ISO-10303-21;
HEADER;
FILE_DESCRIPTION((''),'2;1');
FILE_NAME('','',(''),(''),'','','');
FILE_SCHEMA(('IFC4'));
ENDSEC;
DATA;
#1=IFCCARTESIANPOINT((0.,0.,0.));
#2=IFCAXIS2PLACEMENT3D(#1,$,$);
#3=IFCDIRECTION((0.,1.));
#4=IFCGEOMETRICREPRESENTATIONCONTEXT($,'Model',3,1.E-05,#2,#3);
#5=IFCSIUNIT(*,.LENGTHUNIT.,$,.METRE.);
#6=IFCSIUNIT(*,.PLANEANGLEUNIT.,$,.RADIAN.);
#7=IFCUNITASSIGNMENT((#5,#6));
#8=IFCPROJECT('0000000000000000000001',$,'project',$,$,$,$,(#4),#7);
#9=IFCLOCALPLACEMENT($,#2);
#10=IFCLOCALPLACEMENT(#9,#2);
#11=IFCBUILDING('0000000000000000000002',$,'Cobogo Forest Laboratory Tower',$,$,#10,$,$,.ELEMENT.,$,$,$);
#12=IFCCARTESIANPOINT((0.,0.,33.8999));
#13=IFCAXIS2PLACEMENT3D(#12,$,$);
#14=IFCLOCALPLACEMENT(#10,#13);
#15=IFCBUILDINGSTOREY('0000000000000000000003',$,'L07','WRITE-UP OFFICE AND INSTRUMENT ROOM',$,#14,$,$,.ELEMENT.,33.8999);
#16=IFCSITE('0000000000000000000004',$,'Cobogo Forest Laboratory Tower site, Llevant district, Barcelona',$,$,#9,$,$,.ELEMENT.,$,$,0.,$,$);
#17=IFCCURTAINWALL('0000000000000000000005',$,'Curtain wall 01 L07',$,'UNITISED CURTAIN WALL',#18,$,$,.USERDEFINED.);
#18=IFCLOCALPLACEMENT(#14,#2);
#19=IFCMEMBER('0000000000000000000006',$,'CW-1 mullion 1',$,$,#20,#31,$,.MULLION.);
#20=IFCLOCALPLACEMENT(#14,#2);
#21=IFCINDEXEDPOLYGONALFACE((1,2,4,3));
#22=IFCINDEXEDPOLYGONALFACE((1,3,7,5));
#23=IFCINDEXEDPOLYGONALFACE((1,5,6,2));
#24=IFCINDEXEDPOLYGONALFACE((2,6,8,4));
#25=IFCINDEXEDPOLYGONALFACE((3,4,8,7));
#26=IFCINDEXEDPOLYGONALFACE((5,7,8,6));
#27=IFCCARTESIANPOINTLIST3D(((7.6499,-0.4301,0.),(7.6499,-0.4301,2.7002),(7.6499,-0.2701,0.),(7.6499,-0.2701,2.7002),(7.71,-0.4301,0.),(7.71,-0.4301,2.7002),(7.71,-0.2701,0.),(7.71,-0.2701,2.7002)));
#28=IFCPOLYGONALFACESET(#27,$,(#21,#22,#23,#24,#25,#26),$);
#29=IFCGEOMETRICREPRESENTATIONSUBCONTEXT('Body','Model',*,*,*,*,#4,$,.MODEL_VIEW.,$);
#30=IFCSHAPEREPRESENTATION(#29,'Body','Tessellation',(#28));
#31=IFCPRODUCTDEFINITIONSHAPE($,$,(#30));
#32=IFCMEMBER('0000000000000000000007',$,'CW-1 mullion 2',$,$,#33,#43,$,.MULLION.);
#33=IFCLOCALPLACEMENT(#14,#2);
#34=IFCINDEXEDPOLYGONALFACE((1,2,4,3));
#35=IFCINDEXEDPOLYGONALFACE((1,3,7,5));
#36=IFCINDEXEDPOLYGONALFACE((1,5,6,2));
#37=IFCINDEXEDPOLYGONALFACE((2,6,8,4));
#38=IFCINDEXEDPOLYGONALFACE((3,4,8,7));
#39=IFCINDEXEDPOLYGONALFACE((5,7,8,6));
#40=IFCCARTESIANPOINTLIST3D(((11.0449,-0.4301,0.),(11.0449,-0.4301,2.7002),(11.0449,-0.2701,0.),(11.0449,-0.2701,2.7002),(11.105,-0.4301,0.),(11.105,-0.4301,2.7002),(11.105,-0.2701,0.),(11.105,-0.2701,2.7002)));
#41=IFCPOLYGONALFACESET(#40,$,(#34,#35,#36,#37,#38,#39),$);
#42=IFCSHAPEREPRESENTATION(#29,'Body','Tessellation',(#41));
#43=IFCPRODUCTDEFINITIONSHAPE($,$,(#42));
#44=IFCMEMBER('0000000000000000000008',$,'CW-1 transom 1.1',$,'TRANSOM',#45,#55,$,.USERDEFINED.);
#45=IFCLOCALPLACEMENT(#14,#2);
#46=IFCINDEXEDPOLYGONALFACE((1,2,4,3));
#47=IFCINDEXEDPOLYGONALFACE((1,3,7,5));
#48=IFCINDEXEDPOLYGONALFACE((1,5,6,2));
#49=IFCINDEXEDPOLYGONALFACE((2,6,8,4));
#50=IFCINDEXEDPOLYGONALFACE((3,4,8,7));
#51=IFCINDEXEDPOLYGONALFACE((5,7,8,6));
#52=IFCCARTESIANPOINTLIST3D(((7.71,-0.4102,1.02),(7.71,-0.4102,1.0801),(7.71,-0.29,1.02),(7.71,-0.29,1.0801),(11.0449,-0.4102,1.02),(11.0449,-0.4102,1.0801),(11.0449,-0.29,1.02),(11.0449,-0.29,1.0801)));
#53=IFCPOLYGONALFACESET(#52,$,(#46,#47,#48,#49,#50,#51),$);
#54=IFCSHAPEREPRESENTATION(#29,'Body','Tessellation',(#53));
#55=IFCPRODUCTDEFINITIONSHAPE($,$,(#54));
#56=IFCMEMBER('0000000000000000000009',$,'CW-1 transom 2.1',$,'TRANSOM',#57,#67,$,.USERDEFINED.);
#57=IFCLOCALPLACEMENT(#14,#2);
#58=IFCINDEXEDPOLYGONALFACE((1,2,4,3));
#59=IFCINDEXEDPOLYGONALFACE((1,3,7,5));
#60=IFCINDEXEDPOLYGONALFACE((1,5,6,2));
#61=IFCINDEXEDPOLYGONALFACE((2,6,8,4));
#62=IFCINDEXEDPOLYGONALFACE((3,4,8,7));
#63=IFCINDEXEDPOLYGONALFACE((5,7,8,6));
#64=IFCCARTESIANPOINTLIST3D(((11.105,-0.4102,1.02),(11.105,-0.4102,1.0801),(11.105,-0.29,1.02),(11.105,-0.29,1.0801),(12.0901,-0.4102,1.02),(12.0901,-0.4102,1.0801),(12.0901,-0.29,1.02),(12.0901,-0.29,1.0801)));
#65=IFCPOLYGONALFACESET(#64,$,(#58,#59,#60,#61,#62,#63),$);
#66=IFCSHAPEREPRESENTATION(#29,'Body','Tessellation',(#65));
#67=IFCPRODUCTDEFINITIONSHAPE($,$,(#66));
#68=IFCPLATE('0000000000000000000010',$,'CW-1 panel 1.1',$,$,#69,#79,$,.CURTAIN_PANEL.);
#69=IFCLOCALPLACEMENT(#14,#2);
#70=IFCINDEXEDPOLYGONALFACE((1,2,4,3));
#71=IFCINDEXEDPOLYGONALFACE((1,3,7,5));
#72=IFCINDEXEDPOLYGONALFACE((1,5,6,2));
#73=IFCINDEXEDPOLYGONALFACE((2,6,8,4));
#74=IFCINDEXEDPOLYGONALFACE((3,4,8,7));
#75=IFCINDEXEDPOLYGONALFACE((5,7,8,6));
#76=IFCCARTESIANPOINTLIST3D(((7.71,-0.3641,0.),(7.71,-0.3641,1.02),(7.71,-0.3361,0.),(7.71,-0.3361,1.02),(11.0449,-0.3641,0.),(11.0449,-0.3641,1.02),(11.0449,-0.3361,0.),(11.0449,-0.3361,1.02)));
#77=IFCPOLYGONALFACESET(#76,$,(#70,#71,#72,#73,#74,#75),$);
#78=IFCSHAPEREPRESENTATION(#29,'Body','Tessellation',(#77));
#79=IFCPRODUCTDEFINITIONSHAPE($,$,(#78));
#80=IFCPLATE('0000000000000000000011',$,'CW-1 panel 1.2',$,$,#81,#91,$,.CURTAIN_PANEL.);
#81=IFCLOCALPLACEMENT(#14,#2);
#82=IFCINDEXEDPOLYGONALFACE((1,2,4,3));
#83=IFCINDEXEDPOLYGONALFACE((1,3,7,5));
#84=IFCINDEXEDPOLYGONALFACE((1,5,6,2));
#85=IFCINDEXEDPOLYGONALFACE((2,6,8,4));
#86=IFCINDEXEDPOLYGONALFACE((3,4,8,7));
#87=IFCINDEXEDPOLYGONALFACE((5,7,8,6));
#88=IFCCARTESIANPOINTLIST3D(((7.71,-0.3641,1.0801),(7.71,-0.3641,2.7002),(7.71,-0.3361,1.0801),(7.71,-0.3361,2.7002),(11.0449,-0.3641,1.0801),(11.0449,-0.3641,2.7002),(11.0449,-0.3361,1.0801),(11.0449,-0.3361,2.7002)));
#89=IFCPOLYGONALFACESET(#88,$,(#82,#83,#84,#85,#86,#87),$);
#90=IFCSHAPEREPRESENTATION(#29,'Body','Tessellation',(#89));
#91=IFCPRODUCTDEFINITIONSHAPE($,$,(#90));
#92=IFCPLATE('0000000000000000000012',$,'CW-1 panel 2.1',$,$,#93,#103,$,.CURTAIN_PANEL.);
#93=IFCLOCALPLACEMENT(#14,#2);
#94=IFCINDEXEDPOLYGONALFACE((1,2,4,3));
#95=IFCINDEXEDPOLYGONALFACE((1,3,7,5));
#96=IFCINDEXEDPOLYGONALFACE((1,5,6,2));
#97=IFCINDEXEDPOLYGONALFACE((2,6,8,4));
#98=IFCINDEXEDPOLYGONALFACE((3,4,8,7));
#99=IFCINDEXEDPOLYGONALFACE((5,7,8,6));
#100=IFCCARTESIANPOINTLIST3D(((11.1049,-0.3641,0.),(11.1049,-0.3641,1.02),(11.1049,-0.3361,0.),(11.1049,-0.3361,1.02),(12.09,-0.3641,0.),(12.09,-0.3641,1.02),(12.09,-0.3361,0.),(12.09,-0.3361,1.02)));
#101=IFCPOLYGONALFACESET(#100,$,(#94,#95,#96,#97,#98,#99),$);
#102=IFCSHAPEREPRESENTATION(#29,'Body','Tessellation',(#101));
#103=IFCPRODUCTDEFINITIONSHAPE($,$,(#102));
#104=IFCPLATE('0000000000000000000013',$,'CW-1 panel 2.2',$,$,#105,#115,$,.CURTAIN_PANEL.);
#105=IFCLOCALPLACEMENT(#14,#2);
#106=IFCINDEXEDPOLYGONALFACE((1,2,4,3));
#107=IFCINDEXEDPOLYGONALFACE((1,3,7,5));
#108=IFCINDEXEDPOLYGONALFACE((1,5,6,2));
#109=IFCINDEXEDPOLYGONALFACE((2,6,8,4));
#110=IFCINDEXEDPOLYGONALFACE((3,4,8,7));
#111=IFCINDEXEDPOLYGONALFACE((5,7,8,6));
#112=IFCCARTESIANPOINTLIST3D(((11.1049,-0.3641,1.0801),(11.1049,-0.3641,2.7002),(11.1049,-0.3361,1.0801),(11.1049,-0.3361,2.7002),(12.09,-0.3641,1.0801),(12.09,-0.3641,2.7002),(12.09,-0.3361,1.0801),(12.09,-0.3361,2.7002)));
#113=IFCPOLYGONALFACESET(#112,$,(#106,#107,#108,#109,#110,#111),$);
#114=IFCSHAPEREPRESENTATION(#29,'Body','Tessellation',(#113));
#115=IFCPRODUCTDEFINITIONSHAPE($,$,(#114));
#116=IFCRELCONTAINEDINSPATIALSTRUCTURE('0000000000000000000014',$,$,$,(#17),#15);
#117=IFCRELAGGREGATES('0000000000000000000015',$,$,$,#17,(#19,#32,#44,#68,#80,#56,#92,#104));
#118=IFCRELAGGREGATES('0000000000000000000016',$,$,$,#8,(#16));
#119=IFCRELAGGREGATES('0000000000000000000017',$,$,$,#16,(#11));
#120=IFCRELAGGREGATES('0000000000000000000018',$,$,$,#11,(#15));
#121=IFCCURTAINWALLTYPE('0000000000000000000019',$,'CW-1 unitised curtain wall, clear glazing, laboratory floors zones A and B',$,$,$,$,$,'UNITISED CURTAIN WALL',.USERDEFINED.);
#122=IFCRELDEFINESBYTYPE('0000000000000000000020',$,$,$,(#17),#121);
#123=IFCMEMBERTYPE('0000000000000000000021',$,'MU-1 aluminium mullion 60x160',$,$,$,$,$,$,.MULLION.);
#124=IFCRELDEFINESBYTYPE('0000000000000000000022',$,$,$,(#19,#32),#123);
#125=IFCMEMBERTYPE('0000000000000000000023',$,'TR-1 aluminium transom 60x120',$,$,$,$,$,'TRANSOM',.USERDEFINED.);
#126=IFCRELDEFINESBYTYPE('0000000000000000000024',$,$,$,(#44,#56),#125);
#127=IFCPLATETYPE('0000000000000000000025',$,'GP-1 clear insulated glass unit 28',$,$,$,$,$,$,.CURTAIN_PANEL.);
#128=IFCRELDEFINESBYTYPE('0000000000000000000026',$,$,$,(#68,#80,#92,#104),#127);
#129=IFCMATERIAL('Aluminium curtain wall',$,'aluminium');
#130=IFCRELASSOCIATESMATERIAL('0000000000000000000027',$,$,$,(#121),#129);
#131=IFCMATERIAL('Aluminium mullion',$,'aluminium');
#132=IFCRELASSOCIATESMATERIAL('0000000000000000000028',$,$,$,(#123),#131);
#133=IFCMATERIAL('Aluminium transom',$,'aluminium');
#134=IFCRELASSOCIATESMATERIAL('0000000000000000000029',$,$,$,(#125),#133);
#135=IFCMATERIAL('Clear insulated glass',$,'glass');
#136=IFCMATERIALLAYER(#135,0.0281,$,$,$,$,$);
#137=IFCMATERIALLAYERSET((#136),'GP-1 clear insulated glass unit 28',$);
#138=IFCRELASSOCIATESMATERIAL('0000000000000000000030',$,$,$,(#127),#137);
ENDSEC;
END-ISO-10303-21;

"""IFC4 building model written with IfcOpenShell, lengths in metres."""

from ifc_helpers import new_model, si_unit, direction, frame, origin, origin_2d, place, context, subcontext, project, spatial, rectangle, extrude, material, layer, layer_set, material_profile, profile_set, type_object, element, aggregate, save


model = new_model("IFC4")

# Units and contexts
model_context = context("Model", 3, precision=1e-05, world=origin(), true_north=direction((0.0, 1.0)))
body_context = subcontext(model_context, "Body", "Model", "MODEL_VIEW")
ifc_project = project(units=[si_unit("LENGTHUNIT", "METRE"), si_unit("PLANEANGLEUNIT", "RADIAN")], contexts=[model_context])

# Site, building, storey
site_placement = place(None, origin())
site = spatial("IfcSite", under=ifc_project, at=site_placement, Name="Cobogo Forest Laboratory Tower site, Llevant district, Barcelona", CompositionType="ELEMENT", RefElevation=0.0)
building_placement = place(site_placement, origin())
building = spatial("IfcBuilding", under=site, at=building_placement, Name="Cobogo Forest Laboratory Tower", CompositionType="ELEMENT")
storey_placement = place(building_placement, frame((0.0, 0.0, 33.8999)))
storey = spatial("IfcBuildingStorey", under=building, at=storey_placement, Name="L07", Description="WRITE-UP OFFICE AND INSTRUMENT ROOM", CompositionType="ELEMENT", Elevation=33.8999)

# Curtain wall, members, plates
ifc_material_1 = material(Name="Aluminium curtain wall", Category="aluminium")
curtain_wall_type = type_object("IfcCurtainWallType", Name="CW-1 unitised curtain wall, clear glazing, laboratory floors zones A and B", ElementType="UNITISED CURTAIN WALL", PredefinedType="USERDEFINED", material=ifc_material_1)
curtain_wall_placement = place(storey_placement, origin())
curtain_wall = element("IfcCurtainWall", 1, at=curtain_wall_placement, inside=storey, type_object=curtain_wall_type, Name="Curtain wall 01 L07", ObjectType="UNITISED CURTAIN WALL", PredefinedType="USERDEFINED")
ifc_material_2 = material(Name="Aluminium mullion", Category="aluminium")
ifc_material_profile_1 = material_profile(ifc_material_2, rectangle(XDim=0.0601, YDim=0.1599, at=origin_2d()), Name="AL 60x160")
ifc_profile_set_1 = profile_set([ifc_material_profile_1], Name="Aluminium mullion")
member_type_1 = type_object("IfcMemberType", Name="MU-1 aluminium mullion 60x160", PredefinedType="MULLION", material=ifc_profile_set_1)
member_1_placement = place(storey_placement, frame((7.6799, -0.3501, 0.0), z_axis=(0.0, 0.0, 1.0), x_axis=(1.0, 0.0, 0.0)))
member_1 = element("IfcMember", 2, at=member_1_placement, type_object=member_type_1, Name="CW-1 mullion 1", PredefinedType="MULLION", context=body_context, shape_type="SweptSolid", body=[
    extrude(rectangle(XDim=0.0601, YDim=0.1599, at=origin_2d()), origin(), (0.0, 0.0, 1.0), 2.7002),
])
member_2_placement = place(storey_placement, frame((11.075, -0.3501, 0.0), z_axis=(0.0, 0.0, 1.0), x_axis=(1.0, 0.0, 0.0)))
member_2 = element("IfcMember", 3, at=member_2_placement, type_object=member_type_1, Name="CW-1 mullion 2", PredefinedType="MULLION", context=body_context, shape_type="SweptSolid", body=[
    extrude(rectangle(XDim=0.0601, YDim=0.1599, at=origin_2d()), origin(), (0.0, 0.0, 1.0), 2.7002),
])
ifc_material_3 = material(Name="Aluminium transom", Category="aluminium")
ifc_material_profile_2 = material_profile(ifc_material_3, rectangle(XDim=0.1201, YDim=0.0601, at=origin_2d()), Name="AL 60x120")
ifc_profile_set_2 = profile_set([ifc_material_profile_2], Name="Aluminium transom")
member_type_2 = type_object("IfcMemberType", Name="TR-1 aluminium transom 60x120", ElementType="TRANSOM", PredefinedType="USERDEFINED", material=ifc_profile_set_2)
member_3_placement = place(storey_placement, frame((7.71, -0.3501, 1.05), z_axis=(1.0, 0.0, 0.0), x_axis=(0.0, 1.0, 0.0)))
member_3 = element("IfcMember", 4, at=member_3_placement, type_object=member_type_2, Name="CW-1 transom 1.1", ObjectType="TRANSOM", PredefinedType="USERDEFINED", context=body_context, shape_type="SweptSolid", body=[
    extrude(rectangle(XDim=0.1201, YDim=0.0601, at=origin_2d()), origin(), (0.0, 0.0, 1.0), 3.335),
])
member_4_placement = place(storey_placement, frame((11.105, -0.3501, 1.05), z_axis=(1.0, 0.0, 0.0), x_axis=(0.0, 1.0, 0.0)))
member_4 = element("IfcMember", 5, at=member_4_placement, type_object=member_type_2, Name="CW-1 transom 2.1", ObjectType="TRANSOM", PredefinedType="USERDEFINED", context=body_context, shape_type="SweptSolid", body=[
    extrude(rectangle(XDim=0.1201, YDim=0.0601, at=origin_2d()), origin(), (0.0, 0.0, 1.0), 0.9851),
])
ifc_material_4 = material(Name="Clear insulated glass", Category="glass")
ifc_layer = layer(ifc_material_4, 0.0281)
ifc_layer_set = layer_set([ifc_layer], Name="GP-1 clear insulated glass unit 28")
plate_type_1 = type_object("IfcPlateType", Name="GP-1 clear insulated glass unit 28", PredefinedType="CURTAIN_PANEL", material=ifc_layer_set)
plate_1_placement = place(storey_placement, frame((9.3774, -0.3501, 0.0), z_axis=(0.0, 0.0, 1.0), x_axis=(1.0, 0.0, 0.0)))
plate_1 = element("IfcPlate", 6, at=plate_1_placement, type_object=plate_type_1, Name="CW-1 panel 1.1", PredefinedType="CURTAIN_PANEL", context=body_context, shape_type="SweptSolid", body=[
    extrude(rectangle(XDim=3.335, YDim=0.0281, at=origin_2d()), origin(), (0.0, 0.0, 1.0), 1.02),
])
plate_2_placement = place(storey_placement, frame((9.3774, -0.3501, 1.0801), z_axis=(0.0, 0.0, 1.0), x_axis=(1.0, 0.0, 0.0)))
plate_2 = element("IfcPlate", 7, at=plate_2_placement, type_object=plate_type_1, Name="CW-1 panel 1.2", PredefinedType="CURTAIN_PANEL", context=body_context, shape_type="SweptSolid", body=[
    extrude(rectangle(XDim=3.335, YDim=0.0281, at=origin_2d()), origin(), (0.0, 0.0, 1.0), 1.6201),
])
plate_3_placement = place(storey_placement, frame((11.5974, -0.3501, 0.0), z_axis=(0.0, 0.0, 1.0), x_axis=(1.0, 0.0, 0.0)))
plate_3 = element("IfcPlate", 8, at=plate_3_placement, type_object=plate_type_1, Name="CW-1 panel 2.1", PredefinedType="CURTAIN_PANEL", context=body_context, shape_type="SweptSolid", body=[
    extrude(rectangle(XDim=0.9851, YDim=0.0281, at=origin_2d()), origin(), (0.0, 0.0, 1.0), 1.02),
])
plate_4_placement = place(storey_placement, frame((11.5974, -0.3501, 1.0801), z_axis=(0.0, 0.0, 1.0), x_axis=(1.0, 0.0, 0.0)))
plate_4 = element("IfcPlate", 9, at=plate_4_placement, type_object=plate_type_1, Name="CW-1 panel 2.2", PredefinedType="CURTAIN_PANEL", context=body_context, shape_type="SweptSolid", body=[
    extrude(rectangle(XDim=0.9851, YDim=0.0281, at=origin_2d()), origin(), (0.0, 0.0, 1.0), 1.6201),
])
aggregate(curtain_wall, [member_1, member_2, member_3, plate_1, plate_2, member_4, plate_3, plate_4])

save(model, "model.ifc")
